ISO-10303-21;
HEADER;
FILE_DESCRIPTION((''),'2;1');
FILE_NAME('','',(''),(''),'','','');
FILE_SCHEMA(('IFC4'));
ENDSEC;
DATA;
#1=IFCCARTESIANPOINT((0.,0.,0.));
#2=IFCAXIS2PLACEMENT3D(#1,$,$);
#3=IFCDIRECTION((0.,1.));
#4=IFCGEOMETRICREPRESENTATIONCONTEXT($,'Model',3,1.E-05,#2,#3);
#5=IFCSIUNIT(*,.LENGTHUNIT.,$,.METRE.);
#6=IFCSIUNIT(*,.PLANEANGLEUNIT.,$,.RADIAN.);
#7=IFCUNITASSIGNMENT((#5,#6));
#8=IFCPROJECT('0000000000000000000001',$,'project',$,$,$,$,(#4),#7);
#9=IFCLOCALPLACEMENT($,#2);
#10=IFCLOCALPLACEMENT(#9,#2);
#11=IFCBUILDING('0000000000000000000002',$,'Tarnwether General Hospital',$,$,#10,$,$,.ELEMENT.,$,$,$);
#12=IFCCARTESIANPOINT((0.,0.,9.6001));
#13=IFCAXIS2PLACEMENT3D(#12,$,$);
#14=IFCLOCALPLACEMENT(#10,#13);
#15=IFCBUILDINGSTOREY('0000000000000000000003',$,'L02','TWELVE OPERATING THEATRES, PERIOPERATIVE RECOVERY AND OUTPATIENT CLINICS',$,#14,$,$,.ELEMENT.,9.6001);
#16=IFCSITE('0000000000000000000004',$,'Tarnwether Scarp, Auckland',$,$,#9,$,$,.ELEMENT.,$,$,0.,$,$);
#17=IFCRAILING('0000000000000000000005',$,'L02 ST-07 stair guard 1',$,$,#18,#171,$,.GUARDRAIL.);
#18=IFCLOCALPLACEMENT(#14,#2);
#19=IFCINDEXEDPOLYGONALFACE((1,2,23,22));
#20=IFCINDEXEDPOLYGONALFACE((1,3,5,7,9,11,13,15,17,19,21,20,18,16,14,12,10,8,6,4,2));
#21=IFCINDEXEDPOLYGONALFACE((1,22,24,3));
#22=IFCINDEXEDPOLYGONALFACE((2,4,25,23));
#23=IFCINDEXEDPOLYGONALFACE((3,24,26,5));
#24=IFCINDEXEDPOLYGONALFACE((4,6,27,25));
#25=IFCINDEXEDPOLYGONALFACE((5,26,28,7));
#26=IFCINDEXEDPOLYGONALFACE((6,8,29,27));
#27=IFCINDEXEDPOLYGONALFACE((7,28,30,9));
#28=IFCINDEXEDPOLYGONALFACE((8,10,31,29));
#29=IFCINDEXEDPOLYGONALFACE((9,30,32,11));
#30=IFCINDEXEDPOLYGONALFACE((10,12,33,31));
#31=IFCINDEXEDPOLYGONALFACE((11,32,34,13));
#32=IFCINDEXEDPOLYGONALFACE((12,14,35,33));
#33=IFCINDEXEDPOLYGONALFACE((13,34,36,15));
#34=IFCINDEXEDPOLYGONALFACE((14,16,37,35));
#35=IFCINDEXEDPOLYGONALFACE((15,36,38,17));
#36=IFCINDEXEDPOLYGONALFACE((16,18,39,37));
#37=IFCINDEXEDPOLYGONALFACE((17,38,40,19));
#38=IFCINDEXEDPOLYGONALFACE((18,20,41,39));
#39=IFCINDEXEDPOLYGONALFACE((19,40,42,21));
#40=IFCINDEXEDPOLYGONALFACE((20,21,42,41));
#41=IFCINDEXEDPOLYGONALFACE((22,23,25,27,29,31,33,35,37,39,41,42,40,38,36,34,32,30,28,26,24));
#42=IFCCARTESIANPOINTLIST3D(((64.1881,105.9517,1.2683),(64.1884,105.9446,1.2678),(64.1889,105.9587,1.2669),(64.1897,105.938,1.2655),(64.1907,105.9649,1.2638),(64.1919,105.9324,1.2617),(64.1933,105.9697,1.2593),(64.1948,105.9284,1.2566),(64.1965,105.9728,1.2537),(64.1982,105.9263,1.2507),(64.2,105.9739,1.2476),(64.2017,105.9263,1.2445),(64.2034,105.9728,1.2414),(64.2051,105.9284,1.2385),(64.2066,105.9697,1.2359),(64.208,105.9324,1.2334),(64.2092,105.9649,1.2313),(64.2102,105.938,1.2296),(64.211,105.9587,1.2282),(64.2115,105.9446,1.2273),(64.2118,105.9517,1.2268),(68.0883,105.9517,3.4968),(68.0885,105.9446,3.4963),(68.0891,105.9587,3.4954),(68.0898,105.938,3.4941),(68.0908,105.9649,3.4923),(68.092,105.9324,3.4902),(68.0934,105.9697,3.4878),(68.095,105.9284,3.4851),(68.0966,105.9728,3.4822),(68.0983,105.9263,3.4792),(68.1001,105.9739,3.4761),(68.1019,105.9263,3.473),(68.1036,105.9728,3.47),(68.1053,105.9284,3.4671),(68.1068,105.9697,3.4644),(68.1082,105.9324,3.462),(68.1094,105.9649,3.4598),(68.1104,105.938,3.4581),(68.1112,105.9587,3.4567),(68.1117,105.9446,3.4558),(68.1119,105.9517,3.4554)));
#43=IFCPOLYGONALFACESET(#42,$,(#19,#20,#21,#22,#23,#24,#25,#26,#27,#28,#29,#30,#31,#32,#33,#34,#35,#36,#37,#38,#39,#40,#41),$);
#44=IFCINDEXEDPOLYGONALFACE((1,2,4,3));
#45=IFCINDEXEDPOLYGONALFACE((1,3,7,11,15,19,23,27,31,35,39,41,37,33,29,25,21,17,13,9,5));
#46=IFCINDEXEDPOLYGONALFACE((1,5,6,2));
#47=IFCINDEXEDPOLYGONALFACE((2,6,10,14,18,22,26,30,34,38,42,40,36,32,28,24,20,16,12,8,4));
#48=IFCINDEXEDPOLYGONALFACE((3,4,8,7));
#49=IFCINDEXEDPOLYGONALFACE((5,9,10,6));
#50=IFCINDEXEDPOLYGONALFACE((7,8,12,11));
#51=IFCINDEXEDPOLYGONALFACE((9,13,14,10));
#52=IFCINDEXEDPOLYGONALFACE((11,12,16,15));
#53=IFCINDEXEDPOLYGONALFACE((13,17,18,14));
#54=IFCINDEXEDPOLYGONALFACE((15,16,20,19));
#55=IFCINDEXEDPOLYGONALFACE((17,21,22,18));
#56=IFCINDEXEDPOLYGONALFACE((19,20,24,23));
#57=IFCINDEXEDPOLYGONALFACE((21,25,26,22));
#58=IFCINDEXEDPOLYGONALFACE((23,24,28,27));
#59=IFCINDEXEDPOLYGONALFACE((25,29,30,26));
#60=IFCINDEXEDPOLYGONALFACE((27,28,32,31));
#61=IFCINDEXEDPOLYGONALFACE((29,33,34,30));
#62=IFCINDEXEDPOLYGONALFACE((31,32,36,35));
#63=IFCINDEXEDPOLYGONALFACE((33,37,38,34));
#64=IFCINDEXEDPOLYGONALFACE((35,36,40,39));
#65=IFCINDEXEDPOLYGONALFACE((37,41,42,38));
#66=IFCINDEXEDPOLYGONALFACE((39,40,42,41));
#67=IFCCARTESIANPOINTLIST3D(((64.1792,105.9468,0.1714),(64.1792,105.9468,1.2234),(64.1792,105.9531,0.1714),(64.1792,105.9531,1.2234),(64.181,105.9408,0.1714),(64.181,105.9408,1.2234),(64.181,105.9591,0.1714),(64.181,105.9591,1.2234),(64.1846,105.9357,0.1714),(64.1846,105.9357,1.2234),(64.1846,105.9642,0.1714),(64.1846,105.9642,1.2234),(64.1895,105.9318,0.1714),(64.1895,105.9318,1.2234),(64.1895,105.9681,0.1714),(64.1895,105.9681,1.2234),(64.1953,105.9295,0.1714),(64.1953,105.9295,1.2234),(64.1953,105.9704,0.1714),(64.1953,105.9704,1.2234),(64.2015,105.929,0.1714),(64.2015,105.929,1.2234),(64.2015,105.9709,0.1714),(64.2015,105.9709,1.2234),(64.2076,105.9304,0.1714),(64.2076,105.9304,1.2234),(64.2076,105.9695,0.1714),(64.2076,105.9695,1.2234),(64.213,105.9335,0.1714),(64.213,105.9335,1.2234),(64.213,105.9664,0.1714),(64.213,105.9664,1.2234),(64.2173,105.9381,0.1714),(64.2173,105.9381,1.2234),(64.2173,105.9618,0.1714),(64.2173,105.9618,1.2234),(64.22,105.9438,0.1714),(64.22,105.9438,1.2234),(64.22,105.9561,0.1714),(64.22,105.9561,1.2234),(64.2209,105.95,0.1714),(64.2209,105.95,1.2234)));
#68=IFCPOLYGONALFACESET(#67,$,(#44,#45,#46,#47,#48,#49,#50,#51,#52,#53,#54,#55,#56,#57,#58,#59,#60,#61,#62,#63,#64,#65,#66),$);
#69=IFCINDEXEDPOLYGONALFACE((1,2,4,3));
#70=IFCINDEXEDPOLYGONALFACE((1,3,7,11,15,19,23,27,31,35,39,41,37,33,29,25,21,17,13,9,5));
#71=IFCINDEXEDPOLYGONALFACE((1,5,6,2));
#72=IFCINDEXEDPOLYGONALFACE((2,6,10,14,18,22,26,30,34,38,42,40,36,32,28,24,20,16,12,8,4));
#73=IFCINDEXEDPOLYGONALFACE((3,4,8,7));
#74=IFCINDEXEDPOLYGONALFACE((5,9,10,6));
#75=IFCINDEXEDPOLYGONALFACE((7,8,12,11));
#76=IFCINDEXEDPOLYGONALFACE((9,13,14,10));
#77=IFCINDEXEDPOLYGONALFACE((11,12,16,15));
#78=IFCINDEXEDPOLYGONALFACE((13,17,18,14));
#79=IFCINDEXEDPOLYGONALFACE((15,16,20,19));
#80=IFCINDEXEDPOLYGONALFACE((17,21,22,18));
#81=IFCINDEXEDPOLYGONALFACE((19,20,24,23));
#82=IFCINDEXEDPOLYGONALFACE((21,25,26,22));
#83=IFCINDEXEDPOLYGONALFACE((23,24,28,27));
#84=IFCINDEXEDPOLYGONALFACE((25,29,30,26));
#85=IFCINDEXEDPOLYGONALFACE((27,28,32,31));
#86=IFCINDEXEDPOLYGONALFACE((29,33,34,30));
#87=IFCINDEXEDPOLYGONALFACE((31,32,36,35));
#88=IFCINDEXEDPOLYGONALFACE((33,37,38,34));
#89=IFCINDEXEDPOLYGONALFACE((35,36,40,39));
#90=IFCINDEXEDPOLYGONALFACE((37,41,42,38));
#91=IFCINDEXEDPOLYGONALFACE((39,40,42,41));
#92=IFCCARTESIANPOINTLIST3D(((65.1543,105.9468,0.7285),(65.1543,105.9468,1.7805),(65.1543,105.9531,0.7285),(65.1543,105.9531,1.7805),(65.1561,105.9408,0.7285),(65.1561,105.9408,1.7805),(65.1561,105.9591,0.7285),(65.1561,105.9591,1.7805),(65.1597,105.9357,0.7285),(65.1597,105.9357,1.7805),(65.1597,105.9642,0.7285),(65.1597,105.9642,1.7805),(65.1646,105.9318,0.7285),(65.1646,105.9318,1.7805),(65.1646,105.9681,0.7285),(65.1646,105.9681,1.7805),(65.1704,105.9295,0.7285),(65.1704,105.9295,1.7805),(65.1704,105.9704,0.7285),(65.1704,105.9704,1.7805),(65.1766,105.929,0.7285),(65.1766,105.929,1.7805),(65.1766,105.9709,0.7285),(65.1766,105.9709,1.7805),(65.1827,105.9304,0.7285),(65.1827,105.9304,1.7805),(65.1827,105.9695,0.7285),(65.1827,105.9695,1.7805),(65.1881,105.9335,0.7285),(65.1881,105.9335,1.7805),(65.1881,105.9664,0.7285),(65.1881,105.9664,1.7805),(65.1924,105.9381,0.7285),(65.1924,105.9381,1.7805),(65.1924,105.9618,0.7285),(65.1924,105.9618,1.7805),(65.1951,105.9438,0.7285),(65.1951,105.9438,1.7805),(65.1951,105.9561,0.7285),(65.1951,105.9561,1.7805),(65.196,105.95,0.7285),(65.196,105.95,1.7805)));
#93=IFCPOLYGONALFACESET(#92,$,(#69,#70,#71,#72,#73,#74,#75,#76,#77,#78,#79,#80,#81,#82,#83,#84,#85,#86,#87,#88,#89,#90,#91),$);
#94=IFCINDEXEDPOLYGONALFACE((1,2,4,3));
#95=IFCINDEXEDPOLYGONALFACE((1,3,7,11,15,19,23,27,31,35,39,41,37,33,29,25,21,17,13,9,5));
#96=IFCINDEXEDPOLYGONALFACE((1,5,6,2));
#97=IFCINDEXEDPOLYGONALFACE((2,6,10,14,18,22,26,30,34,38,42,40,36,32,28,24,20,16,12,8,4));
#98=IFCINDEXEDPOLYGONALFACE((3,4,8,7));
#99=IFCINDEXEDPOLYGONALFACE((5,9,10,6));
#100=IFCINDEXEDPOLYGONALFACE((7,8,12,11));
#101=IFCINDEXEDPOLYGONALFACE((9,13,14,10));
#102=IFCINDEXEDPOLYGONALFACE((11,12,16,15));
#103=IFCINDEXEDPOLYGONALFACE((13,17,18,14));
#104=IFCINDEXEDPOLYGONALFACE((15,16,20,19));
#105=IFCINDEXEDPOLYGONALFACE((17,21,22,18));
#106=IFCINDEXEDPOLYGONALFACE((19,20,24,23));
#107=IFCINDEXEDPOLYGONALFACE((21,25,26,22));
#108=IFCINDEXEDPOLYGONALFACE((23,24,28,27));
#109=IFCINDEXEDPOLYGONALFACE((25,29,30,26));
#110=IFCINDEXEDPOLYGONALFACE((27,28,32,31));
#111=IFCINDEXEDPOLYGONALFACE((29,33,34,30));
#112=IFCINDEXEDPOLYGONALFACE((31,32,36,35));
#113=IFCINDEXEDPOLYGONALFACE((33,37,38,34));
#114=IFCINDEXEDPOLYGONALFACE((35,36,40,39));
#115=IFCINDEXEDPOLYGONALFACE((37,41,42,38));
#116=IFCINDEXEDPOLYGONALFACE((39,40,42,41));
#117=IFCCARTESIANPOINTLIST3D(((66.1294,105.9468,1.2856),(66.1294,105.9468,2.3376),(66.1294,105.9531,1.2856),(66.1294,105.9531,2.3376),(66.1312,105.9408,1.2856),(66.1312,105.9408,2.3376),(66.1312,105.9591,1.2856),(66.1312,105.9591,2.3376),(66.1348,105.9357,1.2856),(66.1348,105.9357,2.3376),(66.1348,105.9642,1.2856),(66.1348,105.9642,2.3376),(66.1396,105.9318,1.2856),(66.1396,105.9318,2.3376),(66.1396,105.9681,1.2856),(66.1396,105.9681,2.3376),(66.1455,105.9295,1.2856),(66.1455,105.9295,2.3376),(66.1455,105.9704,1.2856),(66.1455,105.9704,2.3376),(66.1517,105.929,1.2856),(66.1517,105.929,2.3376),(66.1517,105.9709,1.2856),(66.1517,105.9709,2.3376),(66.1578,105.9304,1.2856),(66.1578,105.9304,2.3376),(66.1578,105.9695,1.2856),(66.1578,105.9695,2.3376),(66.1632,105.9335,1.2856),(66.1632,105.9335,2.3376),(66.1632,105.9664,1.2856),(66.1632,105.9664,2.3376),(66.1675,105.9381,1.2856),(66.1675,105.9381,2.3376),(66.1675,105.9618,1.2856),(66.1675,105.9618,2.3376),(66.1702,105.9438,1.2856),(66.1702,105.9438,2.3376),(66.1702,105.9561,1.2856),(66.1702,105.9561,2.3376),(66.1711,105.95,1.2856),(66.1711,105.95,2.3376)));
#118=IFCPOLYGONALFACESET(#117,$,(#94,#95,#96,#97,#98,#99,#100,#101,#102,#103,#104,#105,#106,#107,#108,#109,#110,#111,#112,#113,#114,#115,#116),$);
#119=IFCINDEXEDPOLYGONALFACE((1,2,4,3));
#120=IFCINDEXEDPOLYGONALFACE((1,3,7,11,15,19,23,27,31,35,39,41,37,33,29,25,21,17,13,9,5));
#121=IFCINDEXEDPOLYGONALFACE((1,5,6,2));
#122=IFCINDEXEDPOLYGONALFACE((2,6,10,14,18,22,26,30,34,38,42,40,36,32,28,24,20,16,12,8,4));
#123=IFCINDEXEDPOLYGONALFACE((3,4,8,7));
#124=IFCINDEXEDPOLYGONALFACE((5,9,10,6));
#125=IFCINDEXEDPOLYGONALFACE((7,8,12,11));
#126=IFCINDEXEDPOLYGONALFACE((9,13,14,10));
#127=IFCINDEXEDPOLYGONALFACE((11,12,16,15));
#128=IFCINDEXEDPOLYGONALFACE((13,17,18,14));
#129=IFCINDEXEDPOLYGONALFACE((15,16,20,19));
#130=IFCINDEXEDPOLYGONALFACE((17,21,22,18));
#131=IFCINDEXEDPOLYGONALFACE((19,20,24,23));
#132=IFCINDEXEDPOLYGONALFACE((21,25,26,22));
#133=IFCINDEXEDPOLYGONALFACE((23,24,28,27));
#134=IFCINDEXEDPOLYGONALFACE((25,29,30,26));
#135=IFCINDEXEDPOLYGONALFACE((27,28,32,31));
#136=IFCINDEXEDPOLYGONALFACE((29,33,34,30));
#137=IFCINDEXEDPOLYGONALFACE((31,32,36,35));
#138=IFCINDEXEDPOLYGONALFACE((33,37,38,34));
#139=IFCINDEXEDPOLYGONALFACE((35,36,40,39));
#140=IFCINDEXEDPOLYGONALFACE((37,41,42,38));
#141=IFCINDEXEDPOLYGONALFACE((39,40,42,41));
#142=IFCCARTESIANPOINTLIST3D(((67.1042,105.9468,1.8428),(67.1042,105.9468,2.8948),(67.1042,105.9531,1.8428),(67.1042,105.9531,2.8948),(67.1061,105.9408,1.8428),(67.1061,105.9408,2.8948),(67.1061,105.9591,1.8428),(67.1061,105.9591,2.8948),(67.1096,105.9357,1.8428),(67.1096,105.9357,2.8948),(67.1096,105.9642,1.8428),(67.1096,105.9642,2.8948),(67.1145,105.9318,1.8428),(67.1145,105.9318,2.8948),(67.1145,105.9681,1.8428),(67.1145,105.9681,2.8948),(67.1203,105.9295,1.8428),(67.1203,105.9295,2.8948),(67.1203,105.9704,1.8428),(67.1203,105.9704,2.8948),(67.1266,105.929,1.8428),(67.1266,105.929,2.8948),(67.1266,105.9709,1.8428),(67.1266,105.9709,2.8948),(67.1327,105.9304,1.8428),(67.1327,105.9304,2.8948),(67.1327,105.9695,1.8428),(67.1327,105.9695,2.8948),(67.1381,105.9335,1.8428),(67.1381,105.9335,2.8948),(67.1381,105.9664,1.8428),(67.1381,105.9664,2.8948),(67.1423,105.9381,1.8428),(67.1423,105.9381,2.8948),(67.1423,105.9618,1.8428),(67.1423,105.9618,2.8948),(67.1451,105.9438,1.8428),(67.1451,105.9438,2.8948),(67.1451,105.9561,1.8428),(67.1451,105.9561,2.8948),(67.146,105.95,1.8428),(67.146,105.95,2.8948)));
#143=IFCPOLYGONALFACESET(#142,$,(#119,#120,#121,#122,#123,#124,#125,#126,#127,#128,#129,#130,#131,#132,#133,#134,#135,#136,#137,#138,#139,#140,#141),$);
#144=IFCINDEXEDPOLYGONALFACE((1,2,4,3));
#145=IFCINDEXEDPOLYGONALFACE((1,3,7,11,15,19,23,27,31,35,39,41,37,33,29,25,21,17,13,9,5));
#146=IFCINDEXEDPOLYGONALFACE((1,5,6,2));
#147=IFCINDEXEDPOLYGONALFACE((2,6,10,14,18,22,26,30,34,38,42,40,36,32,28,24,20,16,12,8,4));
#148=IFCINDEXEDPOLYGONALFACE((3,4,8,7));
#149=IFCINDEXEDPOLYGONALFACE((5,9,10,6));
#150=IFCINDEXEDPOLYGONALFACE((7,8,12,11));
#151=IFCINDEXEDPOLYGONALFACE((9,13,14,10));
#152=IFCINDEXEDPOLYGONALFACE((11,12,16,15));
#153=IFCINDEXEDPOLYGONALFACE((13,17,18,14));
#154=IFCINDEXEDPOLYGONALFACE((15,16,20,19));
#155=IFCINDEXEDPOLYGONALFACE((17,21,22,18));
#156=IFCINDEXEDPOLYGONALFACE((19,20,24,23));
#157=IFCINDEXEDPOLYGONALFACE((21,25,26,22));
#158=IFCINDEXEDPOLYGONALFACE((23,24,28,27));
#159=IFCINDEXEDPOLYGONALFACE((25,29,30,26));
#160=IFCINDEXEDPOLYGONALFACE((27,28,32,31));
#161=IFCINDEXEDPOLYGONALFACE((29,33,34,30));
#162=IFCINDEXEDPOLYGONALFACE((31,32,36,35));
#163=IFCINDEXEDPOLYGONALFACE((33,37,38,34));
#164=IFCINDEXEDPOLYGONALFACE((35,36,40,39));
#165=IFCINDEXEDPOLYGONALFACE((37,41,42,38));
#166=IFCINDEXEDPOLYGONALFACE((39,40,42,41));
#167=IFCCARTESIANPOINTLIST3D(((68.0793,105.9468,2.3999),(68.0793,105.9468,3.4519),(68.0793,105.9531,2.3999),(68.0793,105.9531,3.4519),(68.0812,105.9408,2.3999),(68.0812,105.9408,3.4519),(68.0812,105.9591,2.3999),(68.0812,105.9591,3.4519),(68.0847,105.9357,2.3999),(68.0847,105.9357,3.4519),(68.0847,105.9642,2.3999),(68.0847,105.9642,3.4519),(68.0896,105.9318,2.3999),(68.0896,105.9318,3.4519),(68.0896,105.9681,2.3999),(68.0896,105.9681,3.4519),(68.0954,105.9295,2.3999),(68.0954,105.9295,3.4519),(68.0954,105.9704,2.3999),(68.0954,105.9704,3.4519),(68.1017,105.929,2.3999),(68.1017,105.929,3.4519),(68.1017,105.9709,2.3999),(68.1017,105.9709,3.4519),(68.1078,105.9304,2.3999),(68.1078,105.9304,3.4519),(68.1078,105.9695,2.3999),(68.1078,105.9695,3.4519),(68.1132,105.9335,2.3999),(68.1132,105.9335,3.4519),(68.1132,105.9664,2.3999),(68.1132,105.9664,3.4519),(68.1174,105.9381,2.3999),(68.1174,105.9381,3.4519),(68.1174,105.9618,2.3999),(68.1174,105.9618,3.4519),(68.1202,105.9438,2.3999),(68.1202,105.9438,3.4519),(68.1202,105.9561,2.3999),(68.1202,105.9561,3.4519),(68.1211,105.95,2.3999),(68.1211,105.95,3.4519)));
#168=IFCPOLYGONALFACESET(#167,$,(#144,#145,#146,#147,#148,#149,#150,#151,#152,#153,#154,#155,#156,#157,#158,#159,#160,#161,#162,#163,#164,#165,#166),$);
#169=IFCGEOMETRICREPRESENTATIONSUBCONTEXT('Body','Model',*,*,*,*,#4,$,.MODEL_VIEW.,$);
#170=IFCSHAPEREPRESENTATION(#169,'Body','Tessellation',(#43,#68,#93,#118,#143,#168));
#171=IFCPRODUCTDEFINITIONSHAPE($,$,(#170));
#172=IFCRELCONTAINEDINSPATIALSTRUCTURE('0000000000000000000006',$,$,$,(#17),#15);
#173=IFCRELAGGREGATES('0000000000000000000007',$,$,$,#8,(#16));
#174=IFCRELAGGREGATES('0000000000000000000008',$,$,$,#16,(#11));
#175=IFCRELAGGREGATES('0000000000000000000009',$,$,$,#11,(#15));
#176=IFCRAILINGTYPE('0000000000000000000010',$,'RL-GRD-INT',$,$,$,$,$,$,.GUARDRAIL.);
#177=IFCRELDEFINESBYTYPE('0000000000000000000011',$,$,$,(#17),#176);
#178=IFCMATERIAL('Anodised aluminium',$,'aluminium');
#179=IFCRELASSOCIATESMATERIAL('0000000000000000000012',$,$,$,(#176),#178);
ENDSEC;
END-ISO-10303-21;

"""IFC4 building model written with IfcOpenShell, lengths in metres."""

from ifc_helpers import new_model, si_unit, direction, frame, origin, origin_2d, place, context, subcontext, project, spatial, circle, extrude, material, type_object, element, save


model = new_model("IFC4")

# Units and contexts
model_context = context("Model", 3, precision=1e-05, world=origin(), true_north=direction((0.0, 1.0)))
body_context = subcontext(model_context, "Body", "Model", "MODEL_VIEW")
ifc_project = project(units=[si_unit("LENGTHUNIT", "METRE"), si_unit("PLANEANGLEUNIT", "RADIAN")], contexts=[model_context])

# Site, building, storey
site_placement = place(None, origin())
site = spatial("IfcSite", under=ifc_project, at=site_placement, Name="Tarnwether Scarp, Auckland", CompositionType="ELEMENT", RefElevation=0.0)
building_placement = place(site_placement, origin())
building = spatial("IfcBuilding", under=site, at=building_placement, Name="Tarnwether General Hospital", CompositionType="ELEMENT")
storey_placement = place(building_placement, frame((0.0, 0.0, 9.6001)))
storey = spatial("IfcBuildingStorey", under=building, at=storey_placement, Name="L02", Description="TWELVE OPERATING THEATRES, PERIOPERATIVE RECOVERY AND OUTPATIENT CLINICS", CompositionType="ELEMENT", Elevation=9.6001)

# Railing
ifc_material_1 = material(Name="Anodised aluminium", Category="aluminium")
railing_type = type_object("IfcRailingType", Name="RL-GRD-INT", PredefinedType="GUARDRAIL", material=ifc_material_1)
railing_1_placement = place(storey_placement, frame((64.2, 105.95, 0.1714)))
element("IfcRailing", 1, at=railing_1_placement, inside=storey, type_object=railing_type, Name="L02 ST-07 stair guard 1", PredefinedType="GUARDRAIL", context=body_context, shape_type="SweptSolid", body=[
    extrude(circle(Radius=0.0239, at=origin_2d()), frame((0.0, 0.0, 1.0762), z_axis=(0.868257, 0.0, 0.496116), x_axis=(0.0, 1.0, 0.0)), (0.0, 0.0, 1.0), 4.4919),
    extrude(circle(Radius=0.021, at=origin_2d()), origin(), (0.0, 0.0, 1.0), 1.052),
    extrude(circle(Radius=0.021, at=origin_2d()), frame((0.9751, 0.0, 0.5571)), (0.0, 0.0, 1.0), 1.052),
    extrude(circle(Radius=0.021, at=origin_2d()), frame((1.9502, 0.0, 1.1143)), (0.0, 0.0, 1.0), 1.052),
    extrude(circle(Radius=0.021, at=origin_2d()), frame((2.925, 0.0, 1.6714)), (0.0, 0.0, 1.0), 1.052),
    extrude(circle(Radius=0.021, at=origin_2d()), frame((3.9001, 0.0, 2.2285)), (0.0, 0.0, 1.0), 1.052),
])

save(model, "model.ifc")
